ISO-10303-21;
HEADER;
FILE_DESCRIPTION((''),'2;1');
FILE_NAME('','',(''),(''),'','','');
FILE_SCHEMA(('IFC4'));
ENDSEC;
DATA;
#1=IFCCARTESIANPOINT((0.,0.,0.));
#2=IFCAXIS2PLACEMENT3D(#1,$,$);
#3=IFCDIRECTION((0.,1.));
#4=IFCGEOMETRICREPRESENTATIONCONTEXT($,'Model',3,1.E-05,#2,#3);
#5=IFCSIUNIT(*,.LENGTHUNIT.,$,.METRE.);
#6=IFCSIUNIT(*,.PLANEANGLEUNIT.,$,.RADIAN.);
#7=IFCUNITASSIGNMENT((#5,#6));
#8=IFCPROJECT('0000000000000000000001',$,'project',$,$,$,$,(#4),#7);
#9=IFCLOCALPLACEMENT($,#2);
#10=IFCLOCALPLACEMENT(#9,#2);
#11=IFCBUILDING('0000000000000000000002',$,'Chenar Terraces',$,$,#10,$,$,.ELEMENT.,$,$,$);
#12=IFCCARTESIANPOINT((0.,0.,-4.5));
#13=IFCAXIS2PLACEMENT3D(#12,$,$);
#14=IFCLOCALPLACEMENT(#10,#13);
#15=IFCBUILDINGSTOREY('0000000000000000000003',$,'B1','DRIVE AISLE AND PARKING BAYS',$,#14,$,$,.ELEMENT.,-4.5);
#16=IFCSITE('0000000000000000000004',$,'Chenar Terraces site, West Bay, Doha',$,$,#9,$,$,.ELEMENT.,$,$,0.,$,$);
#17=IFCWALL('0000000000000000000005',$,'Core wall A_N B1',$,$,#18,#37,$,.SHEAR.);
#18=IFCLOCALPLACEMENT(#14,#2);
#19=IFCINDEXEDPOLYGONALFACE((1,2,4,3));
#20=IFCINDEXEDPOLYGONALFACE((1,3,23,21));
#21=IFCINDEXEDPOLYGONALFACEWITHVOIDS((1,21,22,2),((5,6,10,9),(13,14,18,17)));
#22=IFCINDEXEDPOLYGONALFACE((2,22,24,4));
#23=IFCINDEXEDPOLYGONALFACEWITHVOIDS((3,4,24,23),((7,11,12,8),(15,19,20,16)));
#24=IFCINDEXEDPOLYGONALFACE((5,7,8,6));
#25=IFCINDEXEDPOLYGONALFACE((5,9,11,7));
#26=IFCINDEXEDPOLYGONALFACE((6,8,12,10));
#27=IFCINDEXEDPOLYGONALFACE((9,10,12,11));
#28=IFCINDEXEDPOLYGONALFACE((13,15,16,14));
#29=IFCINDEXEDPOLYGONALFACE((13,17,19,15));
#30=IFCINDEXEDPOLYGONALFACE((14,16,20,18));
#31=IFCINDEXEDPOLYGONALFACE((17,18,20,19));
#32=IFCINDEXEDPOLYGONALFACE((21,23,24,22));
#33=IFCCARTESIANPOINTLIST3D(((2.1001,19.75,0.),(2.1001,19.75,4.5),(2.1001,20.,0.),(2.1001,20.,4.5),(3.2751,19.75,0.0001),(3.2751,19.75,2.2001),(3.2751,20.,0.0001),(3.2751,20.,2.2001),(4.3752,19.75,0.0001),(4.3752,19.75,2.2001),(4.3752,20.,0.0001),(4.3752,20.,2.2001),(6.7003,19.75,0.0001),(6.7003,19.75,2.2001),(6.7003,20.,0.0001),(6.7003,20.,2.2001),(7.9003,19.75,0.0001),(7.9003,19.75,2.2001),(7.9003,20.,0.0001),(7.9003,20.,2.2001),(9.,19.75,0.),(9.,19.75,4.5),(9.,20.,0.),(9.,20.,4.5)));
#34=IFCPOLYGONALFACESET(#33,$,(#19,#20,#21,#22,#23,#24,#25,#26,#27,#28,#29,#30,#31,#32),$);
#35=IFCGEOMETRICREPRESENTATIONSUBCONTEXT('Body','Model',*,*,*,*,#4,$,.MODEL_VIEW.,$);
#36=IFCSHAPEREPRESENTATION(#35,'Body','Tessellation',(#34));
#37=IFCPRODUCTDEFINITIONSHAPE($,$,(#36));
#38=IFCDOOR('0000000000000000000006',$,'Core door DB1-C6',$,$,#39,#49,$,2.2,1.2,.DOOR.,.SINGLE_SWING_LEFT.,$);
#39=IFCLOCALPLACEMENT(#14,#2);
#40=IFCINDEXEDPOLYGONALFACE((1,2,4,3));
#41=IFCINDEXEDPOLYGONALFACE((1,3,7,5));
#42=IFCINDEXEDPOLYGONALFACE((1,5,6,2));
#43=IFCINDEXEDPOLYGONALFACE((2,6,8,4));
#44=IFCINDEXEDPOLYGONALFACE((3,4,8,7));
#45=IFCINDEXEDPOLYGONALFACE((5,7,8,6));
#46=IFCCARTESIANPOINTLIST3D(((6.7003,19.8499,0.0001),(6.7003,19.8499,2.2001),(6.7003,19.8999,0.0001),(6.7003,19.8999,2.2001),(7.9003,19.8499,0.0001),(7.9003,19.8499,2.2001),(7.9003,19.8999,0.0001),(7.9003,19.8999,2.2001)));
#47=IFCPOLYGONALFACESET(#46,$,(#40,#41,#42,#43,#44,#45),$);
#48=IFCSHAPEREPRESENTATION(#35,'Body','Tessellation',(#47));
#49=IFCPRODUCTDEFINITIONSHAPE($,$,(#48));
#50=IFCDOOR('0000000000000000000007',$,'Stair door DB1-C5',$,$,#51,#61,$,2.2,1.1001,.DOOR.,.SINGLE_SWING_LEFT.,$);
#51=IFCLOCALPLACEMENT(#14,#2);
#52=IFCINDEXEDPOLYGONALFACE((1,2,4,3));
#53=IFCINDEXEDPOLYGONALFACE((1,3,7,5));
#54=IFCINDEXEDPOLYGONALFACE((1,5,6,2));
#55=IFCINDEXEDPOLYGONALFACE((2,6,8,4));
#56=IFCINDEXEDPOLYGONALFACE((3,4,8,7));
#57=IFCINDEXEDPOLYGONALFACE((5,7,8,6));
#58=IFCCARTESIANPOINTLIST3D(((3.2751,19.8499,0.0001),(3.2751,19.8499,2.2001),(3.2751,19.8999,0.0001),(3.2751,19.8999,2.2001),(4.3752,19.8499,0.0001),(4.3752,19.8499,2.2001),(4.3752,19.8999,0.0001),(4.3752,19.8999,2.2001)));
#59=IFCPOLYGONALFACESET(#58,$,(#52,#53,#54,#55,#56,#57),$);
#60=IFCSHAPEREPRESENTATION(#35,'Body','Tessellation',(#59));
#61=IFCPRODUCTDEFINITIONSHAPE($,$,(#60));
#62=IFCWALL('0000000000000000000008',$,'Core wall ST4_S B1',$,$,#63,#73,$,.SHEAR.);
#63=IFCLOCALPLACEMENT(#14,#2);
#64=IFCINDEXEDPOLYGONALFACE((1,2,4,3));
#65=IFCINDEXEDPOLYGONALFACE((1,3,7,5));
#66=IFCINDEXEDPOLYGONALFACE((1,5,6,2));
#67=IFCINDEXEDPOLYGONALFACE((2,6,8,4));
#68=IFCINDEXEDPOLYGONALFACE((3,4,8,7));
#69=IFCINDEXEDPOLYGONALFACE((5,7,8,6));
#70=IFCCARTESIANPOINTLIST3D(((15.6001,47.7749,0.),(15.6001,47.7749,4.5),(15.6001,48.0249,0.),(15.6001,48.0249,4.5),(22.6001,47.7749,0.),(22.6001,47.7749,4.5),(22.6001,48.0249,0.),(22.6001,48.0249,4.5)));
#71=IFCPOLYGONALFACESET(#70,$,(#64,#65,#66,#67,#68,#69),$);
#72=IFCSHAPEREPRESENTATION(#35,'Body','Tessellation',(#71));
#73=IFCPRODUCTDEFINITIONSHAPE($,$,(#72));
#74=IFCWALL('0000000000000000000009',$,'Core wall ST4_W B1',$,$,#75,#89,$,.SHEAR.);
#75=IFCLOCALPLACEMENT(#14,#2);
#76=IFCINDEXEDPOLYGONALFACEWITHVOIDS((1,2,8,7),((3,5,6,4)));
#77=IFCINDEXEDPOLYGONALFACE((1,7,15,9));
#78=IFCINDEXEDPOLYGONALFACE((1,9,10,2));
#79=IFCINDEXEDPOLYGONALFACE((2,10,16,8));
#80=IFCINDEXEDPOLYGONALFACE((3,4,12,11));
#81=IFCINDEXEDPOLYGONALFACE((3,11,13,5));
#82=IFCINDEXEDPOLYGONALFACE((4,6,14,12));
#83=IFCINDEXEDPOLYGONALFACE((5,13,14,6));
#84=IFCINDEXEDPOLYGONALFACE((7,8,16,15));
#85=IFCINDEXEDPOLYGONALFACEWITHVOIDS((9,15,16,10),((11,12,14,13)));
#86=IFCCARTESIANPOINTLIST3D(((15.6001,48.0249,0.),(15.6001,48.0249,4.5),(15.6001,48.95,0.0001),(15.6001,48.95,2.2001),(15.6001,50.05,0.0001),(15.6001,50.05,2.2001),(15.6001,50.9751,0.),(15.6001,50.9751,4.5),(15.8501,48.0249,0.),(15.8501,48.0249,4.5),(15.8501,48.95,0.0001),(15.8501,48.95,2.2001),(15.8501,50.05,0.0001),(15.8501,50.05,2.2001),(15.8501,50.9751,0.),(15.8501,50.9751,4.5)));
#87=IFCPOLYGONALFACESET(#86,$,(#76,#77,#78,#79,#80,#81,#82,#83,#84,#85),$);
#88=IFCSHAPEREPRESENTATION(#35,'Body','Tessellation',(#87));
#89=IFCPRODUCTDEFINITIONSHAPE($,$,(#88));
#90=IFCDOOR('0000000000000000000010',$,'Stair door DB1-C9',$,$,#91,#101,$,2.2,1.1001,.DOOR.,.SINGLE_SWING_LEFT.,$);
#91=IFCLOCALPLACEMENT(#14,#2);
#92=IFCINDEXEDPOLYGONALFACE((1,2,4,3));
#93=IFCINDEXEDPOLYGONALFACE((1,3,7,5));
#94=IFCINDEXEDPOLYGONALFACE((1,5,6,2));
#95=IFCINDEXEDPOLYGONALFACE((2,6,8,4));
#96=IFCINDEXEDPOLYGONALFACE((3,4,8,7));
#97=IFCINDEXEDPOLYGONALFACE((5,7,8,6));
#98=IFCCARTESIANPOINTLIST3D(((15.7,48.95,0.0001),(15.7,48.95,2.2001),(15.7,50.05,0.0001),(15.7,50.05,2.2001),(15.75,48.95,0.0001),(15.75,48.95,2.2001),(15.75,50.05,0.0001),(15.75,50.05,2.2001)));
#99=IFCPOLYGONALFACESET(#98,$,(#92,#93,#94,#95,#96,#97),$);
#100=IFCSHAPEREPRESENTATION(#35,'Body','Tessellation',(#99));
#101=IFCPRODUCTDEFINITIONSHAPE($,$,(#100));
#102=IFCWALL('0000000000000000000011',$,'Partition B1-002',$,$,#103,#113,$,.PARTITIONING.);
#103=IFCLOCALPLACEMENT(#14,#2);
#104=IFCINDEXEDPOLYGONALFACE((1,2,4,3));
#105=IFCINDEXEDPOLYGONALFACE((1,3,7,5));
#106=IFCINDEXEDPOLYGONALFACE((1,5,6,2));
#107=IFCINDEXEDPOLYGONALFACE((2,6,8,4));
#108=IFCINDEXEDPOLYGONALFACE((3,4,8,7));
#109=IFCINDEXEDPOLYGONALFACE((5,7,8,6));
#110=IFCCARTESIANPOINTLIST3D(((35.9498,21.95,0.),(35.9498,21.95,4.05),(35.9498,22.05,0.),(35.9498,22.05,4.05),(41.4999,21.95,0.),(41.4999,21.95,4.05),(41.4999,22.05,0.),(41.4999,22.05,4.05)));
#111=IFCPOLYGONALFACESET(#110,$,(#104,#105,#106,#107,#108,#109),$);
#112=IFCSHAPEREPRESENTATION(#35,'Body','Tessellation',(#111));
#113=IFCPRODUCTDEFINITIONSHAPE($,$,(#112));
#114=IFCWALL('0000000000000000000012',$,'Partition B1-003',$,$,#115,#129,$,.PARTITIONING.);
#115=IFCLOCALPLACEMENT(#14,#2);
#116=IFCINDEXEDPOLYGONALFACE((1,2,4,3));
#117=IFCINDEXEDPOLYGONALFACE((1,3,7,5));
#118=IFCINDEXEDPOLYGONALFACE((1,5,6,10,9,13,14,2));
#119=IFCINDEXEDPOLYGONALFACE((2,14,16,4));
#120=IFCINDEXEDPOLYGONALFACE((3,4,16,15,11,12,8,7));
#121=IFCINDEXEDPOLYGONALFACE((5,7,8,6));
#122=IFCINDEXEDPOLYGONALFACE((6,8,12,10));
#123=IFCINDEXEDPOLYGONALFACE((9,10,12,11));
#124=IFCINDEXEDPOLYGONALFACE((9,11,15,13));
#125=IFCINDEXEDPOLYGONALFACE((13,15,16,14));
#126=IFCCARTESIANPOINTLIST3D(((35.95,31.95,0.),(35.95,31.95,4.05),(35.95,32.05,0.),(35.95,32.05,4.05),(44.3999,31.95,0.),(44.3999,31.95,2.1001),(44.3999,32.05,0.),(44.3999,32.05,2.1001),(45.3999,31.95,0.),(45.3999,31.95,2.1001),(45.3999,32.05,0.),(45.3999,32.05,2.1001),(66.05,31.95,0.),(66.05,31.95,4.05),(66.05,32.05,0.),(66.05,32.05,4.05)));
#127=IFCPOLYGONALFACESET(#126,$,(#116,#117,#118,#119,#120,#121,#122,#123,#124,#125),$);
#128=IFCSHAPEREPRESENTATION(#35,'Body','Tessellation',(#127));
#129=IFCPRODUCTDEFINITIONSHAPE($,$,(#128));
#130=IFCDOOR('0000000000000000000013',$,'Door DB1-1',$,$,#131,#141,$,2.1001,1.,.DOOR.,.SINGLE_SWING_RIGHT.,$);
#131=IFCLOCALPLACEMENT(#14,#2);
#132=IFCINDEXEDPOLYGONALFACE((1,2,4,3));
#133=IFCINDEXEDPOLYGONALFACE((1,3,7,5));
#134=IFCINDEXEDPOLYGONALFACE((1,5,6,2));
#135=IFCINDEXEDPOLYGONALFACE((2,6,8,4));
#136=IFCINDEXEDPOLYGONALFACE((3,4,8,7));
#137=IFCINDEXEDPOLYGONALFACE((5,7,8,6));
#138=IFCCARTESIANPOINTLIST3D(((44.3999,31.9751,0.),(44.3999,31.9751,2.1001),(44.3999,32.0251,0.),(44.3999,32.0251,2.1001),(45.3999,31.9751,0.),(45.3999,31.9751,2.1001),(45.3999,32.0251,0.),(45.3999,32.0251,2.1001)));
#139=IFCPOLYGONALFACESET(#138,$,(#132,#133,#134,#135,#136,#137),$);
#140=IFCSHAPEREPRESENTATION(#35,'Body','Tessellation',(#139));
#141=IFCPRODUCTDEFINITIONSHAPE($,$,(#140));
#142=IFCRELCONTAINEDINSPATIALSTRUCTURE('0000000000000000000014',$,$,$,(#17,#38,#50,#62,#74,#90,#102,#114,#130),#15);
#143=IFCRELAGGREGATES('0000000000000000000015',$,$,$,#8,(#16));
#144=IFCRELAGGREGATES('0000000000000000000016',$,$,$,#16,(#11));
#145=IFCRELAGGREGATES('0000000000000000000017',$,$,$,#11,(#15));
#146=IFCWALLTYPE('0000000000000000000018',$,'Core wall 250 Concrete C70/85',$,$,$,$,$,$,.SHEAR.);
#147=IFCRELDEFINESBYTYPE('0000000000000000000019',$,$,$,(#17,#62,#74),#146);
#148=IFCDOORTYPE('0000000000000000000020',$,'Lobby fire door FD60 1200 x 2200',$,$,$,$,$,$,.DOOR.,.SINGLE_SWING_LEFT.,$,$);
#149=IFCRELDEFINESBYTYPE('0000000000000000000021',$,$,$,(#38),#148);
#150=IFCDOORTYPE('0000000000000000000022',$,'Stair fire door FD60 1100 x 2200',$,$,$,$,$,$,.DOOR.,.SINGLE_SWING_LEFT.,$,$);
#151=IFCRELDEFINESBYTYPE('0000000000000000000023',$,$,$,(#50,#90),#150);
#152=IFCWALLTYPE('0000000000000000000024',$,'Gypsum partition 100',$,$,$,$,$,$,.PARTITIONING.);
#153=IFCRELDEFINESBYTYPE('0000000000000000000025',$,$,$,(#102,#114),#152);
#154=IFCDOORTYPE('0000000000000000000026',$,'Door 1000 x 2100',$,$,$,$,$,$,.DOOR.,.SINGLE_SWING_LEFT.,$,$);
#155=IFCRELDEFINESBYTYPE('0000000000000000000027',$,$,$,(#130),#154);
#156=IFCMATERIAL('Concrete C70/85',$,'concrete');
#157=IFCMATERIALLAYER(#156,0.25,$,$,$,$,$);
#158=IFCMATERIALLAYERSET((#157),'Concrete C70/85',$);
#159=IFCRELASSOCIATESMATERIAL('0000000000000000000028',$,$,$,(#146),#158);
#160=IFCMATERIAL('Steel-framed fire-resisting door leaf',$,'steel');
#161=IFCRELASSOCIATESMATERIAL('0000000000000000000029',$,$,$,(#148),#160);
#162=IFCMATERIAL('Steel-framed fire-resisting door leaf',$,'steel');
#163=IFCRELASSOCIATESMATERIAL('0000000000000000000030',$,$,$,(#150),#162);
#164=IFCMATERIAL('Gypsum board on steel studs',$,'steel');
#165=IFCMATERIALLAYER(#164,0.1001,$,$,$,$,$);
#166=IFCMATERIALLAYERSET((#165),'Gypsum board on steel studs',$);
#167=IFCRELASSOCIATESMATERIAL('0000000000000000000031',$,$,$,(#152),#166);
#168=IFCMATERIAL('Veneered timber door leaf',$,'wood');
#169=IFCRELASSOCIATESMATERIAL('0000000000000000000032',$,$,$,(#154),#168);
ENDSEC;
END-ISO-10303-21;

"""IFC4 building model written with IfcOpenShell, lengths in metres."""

from ifc_helpers import new_model, si_unit, direction, frame, frame_2d, origin, place, context, subcontext, project, spatial, rectangle, extrude, material, layer, layer_set, type_object, element, fill, save


model = new_model("IFC4")

# Units and contexts
model_context = context("Model", 3, precision=1e-05, world=origin(), true_north=direction((0.0, 1.0)))
body_context = subcontext(model_context, "Body", "Model", "MODEL_VIEW")
ifc_project = project(units=[si_unit("LENGTHUNIT", "METRE"), si_unit("PLANEANGLEUNIT", "RADIAN")], contexts=[model_context])

# Site, building, storey
site_placement = place(None, origin())
site = spatial("IfcSite", under=ifc_project, at=site_placement, Name="Chenar Terraces site, West Bay, Doha", CompositionType="ELEMENT", RefElevation=0.0)
building_placement = place(site_placement, origin())
building = spatial("IfcBuilding", under=site, at=building_placement, Name="Chenar Terraces", CompositionType="ELEMENT")
storey_placement = place(building_placement, frame((0.0, 0.0, -4.5)))
storey = spatial("IfcBuildingStorey", under=building, at=storey_placement, Name="B1", Description="DRIVE AISLE AND PARKING BAYS", CompositionType="ELEMENT", Elevation=-4.5)

# Wall, openings, doors
ifc_material_1 = material(Name="Concrete C70/85", Category="concrete")
ifc_layer_1 = layer(ifc_material_1, 0.25)
ifc_layer_set_1 = layer_set([ifc_layer_1], Name="Concrete C70/85")
wall_type_1 = type_object("IfcWallType", Name="Core wall 250 Concrete C70/85", PredefinedType="SHEAR", material=ifc_layer_set_1)
wall_1_placement = place(storey_placement, frame((2.1001, 19.875, 0.0), z_axis=(0.0, 0.0, 1.0), x_axis=(1.0, 0.0, 0.0)))
wall_1 = element("IfcWall", 1, at=wall_1_placement, inside=storey, type_object=wall_type_1, Name="Core wall A_N B1", PredefinedType="SHEAR", context=body_context, shape_type="SweptSolid", body=[
    extrude(rectangle(XDim=6.8999, YDim=0.25, at=frame_2d((3.45, 0.0))), origin(), (0.0, 0.0, 1.0), 4.5),
])
opening_1_placement = place(wall_1_placement, frame((1.175, 0.0, 0.0)))
opening_1 = element("IfcOpeningElement", 2, at=opening_1_placement, cuts=wall_1, PredefinedType="OPENING", context=body_context, shape_type="SweptSolid", body=[
    extrude(rectangle(XDim=1.1001, YDim=2.2, at=frame_2d((0.55, 1.1001))), frame((0.0, 0.135, 0.0), z_axis=(0.0, -1.0, 0.0), x_axis=(1.0, 0.0, 0.0)), (0.0, 0.0, 1.0), 0.27),
])
opening_2_placement = place(wall_1_placement, frame((4.6001, 0.0, 0.0)))
opening_2 = element("IfcOpeningElement", 3, at=opening_2_placement, cuts=wall_1, PredefinedType="OPENING", context=body_context, shape_type="SweptSolid", body=[
    extrude(rectangle(XDim=1.2, YDim=2.2, at=frame_2d((0.6001, 1.1001))), frame((0.0, 0.135, 0.0), z_axis=(0.0, -1.0, 0.0), x_axis=(1.0, 0.0, 0.0)), (0.0, 0.0, 1.0), 0.27),
])
ifc_material_2 = material(Name="Steel-framed fire-resisting door leaf", Category="steel")
door_type_1 = type_object("IfcDoorType", Name="Lobby fire door FD60 1200 x 2200", OperationType="SINGLE_SWING_LEFT", PredefinedType="DOOR", material=ifc_material_2)
door_1_placement = place(opening_2_placement, origin())
door_1 = element("IfcDoor", 4, at=door_1_placement, inside=storey, type_object=door_type_1, Name="Core door DB1-C6", OperationType="SINGLE_SWING_LEFT", OverallHeight=2.2, OverallWidth=1.2, PredefinedType="DOOR", context=body_context, shape_type="SweptSolid", body=[
    extrude(rectangle(XDim=1.2, YDim=2.2, at=frame_2d((0.6001, 1.1001))), frame((0.0, 0.0249, 0.0), z_axis=(0.0, -1.0, 0.0), x_axis=(1.0, 0.0, 0.0)), (0.0, 0.0, 1.0), 0.05),
])
fill(opening_2, door_1)
ifc_material_3 = material(Name="Steel-framed fire-resisting door leaf", Category="steel")
door_type_2 = type_object("IfcDoorType", Name="Stair fire door FD60 1100 x 2200", OperationType="SINGLE_SWING_LEFT", PredefinedType="DOOR", material=ifc_material_3)
door_2_placement = place(opening_1_placement, origin())
door_2 = element("IfcDoor", 5, at=door_2_placement, inside=storey, type_object=door_type_2, Name="Stair door DB1-C5", OperationType="SINGLE_SWING_LEFT", OverallHeight=2.2, OverallWidth=1.1001, PredefinedType="DOOR", context=body_context, shape_type="SweptSolid", body=[
    extrude(rectangle(XDim=1.1001, YDim=2.2, at=frame_2d((0.55, 1.1001))), frame((0.0, 0.0249, 0.0), z_axis=(0.0, -1.0, 0.0), x_axis=(1.0, 0.0, 0.0)), (0.0, 0.0, 1.0), 0.05),
])
fill(opening_1, door_2)

# Wall
wall_2_placement = place(storey_placement, frame((15.6001, 47.8999, 0.0), z_axis=(0.0, 0.0, 1.0), x_axis=(1.0, 0.0, 0.0)))
element("IfcWall", 6, at=wall_2_placement, inside=storey, type_object=wall_type_1, Name="Core wall ST4_S B1", PredefinedType="SHEAR", context=body_context, shape_type="SweptSolid", body=[
    extrude(rectangle(XDim=7.0, YDim=0.25, at=frame_2d((3.5, 0.0))), origin(), (0.0, 0.0, 1.0), 4.5),
])

# Wall, opening, door
wall_3_placement = place(storey_placement, frame((15.7251, 48.0249, 0.0), z_axis=(0.0, 0.0, 1.0), x_axis=(0.0, 1.0, 0.0)))
wall_3 = element("IfcWall", 7, at=wall_3_placement, inside=storey, type_object=wall_type_1, Name="Core wall ST4_W B1", PredefinedType="SHEAR", context=body_context, shape_type="SweptSolid", body=[
    extrude(rectangle(XDim=2.9502, YDim=0.25, at=frame_2d((1.4751, 0.0))), origin(), (0.0, 0.0, 1.0), 4.5),
])
opening_3_placement = place(wall_3_placement, frame((0.925, 0.0, 0.0)))
opening_3 = element("IfcOpeningElement", 8, at=opening_3_placement, cuts=wall_3, PredefinedType="OPENING", context=body_context, shape_type="SweptSolid", body=[
    extrude(rectangle(XDim=1.1001, YDim=2.2, at=frame_2d((0.55, 1.1001))), frame((0.0, 0.135, 0.0), z_axis=(0.0, -1.0, 0.0), x_axis=(1.0, 0.0, 0.0)), (0.0, 0.0, 1.0), 0.27),
])
door_3_placement = place(opening_3_placement, frame((1.1001, 0.0, 0.0), z_axis=(0.0, 0.0, 1.0), x_axis=(-1.0, 0.0, 0.0)))
door_3 = element("IfcDoor", 9, at=door_3_placement, inside=storey, type_object=door_type_2, Name="Stair door DB1-C9", OperationType="SINGLE_SWING_LEFT", OverallHeight=2.2, OverallWidth=1.1001, PredefinedType="DOOR", context=body_context, shape_type="SweptSolid", body=[
    extrude(rectangle(XDim=1.1001, YDim=2.2, at=frame_2d((0.55, 1.1001))), frame((0.0, 0.0249, 0.0), z_axis=(0.0, -1.0, 0.0), x_axis=(1.0, 0.0, 0.0)), (0.0, 0.0, 1.0), 0.05),
])
fill(opening_3, door_3)

# Wall
ifc_material_4 = material(Name="Gypsum board on steel studs", Category="steel")
ifc_layer_2 = layer(ifc_material_4, 0.1001)
ifc_layer_set_2 = layer_set([ifc_layer_2], Name="Gypsum board on steel studs")
wall_type_2 = type_object("IfcWallType", Name="Gypsum partition 100", PredefinedType="PARTITIONING", material=ifc_layer_set_2)
wall_4_placement = place(storey_placement, frame((35.95, 22.0, 0.0), z_axis=(0.0, 0.0, 1.0), x_axis=(1.0, 0.0, 0.0)))
element("IfcWall", 10, at=wall_4_placement, inside=storey, type_object=wall_type_2, Name="Partition B1-002", PredefinedType="PARTITIONING", context=body_context, shape_type="SweptSolid", body=[
    extrude(rectangle(XDim=5.55, YDim=0.1001, at=frame_2d((2.7749, 0.0))), origin(), (0.0, 0.0, 1.0), 4.05),
])

# Wall, opening, door
wall_5_placement = place(storey_placement, frame((35.95, 32.0, 0.0), z_axis=(0.0, 0.0, 1.0), x_axis=(1.0, 0.0, 0.0)))
wall_5 = element("IfcWall", 11, at=wall_5_placement, inside=storey, type_object=wall_type_2, Name="Partition B1-003", PredefinedType="PARTITIONING", context=body_context, shape_type="SweptSolid", body=[
    extrude(rectangle(XDim=30.1001, YDim=0.1001, at=frame_2d((15.05, 0.0))), origin(), (0.0, 0.0, 1.0), 4.05),
])
opening_4_placement = place(wall_5_placement, frame((8.45, 0.0, 0.0)))
opening_4 = element("IfcOpeningElement", 12, at=opening_4_placement, cuts=wall_5, PredefinedType="OPENING", context=body_context, shape_type="SweptSolid", body=[
    extrude(rectangle(XDim=1.0, YDim=2.1001, at=frame_2d((0.5, 1.05))), frame((0.0, 0.0601, 0.0), z_axis=(0.0, -1.0, 0.0), x_axis=(1.0, 0.0, 0.0)), (0.0, 0.0, 1.0), 0.1201),
])
ifc_material_5 = material(Name="Veneered timber door leaf", Category="wood")
door_type_3 = type_object("IfcDoorType", Name="Door 1000 x 2100", OperationType="SINGLE_SWING_LEFT", PredefinedType="DOOR", material=ifc_material_5)
door_4_placement = place(opening_4_placement, frame((1.0, 0.0, 0.0), z_axis=(0.0, 0.0, 1.0), x_axis=(-1.0, 0.0, 0.0)))
door_4 = element("IfcDoor", 13, at=door_4_placement, inside=storey, type_object=door_type_3, Name="Door DB1-1", OperationType="SINGLE_SWING_RIGHT", OverallHeight=2.1001, OverallWidth=1.0, PredefinedType="DOOR", context=body_context, shape_type="SweptSolid", body=[
    extrude(rectangle(XDim=1.0, YDim=2.1001, at=frame_2d((0.5, 1.05))), frame((0.0, 0.0249, 0.0), z_axis=(0.0, -1.0, 0.0), x_axis=(1.0, 0.0, 0.0)), (0.0, 0.0, 1.0), 0.05),
])
fill(opening_4, door_4)

save(model, "model.ifc")
